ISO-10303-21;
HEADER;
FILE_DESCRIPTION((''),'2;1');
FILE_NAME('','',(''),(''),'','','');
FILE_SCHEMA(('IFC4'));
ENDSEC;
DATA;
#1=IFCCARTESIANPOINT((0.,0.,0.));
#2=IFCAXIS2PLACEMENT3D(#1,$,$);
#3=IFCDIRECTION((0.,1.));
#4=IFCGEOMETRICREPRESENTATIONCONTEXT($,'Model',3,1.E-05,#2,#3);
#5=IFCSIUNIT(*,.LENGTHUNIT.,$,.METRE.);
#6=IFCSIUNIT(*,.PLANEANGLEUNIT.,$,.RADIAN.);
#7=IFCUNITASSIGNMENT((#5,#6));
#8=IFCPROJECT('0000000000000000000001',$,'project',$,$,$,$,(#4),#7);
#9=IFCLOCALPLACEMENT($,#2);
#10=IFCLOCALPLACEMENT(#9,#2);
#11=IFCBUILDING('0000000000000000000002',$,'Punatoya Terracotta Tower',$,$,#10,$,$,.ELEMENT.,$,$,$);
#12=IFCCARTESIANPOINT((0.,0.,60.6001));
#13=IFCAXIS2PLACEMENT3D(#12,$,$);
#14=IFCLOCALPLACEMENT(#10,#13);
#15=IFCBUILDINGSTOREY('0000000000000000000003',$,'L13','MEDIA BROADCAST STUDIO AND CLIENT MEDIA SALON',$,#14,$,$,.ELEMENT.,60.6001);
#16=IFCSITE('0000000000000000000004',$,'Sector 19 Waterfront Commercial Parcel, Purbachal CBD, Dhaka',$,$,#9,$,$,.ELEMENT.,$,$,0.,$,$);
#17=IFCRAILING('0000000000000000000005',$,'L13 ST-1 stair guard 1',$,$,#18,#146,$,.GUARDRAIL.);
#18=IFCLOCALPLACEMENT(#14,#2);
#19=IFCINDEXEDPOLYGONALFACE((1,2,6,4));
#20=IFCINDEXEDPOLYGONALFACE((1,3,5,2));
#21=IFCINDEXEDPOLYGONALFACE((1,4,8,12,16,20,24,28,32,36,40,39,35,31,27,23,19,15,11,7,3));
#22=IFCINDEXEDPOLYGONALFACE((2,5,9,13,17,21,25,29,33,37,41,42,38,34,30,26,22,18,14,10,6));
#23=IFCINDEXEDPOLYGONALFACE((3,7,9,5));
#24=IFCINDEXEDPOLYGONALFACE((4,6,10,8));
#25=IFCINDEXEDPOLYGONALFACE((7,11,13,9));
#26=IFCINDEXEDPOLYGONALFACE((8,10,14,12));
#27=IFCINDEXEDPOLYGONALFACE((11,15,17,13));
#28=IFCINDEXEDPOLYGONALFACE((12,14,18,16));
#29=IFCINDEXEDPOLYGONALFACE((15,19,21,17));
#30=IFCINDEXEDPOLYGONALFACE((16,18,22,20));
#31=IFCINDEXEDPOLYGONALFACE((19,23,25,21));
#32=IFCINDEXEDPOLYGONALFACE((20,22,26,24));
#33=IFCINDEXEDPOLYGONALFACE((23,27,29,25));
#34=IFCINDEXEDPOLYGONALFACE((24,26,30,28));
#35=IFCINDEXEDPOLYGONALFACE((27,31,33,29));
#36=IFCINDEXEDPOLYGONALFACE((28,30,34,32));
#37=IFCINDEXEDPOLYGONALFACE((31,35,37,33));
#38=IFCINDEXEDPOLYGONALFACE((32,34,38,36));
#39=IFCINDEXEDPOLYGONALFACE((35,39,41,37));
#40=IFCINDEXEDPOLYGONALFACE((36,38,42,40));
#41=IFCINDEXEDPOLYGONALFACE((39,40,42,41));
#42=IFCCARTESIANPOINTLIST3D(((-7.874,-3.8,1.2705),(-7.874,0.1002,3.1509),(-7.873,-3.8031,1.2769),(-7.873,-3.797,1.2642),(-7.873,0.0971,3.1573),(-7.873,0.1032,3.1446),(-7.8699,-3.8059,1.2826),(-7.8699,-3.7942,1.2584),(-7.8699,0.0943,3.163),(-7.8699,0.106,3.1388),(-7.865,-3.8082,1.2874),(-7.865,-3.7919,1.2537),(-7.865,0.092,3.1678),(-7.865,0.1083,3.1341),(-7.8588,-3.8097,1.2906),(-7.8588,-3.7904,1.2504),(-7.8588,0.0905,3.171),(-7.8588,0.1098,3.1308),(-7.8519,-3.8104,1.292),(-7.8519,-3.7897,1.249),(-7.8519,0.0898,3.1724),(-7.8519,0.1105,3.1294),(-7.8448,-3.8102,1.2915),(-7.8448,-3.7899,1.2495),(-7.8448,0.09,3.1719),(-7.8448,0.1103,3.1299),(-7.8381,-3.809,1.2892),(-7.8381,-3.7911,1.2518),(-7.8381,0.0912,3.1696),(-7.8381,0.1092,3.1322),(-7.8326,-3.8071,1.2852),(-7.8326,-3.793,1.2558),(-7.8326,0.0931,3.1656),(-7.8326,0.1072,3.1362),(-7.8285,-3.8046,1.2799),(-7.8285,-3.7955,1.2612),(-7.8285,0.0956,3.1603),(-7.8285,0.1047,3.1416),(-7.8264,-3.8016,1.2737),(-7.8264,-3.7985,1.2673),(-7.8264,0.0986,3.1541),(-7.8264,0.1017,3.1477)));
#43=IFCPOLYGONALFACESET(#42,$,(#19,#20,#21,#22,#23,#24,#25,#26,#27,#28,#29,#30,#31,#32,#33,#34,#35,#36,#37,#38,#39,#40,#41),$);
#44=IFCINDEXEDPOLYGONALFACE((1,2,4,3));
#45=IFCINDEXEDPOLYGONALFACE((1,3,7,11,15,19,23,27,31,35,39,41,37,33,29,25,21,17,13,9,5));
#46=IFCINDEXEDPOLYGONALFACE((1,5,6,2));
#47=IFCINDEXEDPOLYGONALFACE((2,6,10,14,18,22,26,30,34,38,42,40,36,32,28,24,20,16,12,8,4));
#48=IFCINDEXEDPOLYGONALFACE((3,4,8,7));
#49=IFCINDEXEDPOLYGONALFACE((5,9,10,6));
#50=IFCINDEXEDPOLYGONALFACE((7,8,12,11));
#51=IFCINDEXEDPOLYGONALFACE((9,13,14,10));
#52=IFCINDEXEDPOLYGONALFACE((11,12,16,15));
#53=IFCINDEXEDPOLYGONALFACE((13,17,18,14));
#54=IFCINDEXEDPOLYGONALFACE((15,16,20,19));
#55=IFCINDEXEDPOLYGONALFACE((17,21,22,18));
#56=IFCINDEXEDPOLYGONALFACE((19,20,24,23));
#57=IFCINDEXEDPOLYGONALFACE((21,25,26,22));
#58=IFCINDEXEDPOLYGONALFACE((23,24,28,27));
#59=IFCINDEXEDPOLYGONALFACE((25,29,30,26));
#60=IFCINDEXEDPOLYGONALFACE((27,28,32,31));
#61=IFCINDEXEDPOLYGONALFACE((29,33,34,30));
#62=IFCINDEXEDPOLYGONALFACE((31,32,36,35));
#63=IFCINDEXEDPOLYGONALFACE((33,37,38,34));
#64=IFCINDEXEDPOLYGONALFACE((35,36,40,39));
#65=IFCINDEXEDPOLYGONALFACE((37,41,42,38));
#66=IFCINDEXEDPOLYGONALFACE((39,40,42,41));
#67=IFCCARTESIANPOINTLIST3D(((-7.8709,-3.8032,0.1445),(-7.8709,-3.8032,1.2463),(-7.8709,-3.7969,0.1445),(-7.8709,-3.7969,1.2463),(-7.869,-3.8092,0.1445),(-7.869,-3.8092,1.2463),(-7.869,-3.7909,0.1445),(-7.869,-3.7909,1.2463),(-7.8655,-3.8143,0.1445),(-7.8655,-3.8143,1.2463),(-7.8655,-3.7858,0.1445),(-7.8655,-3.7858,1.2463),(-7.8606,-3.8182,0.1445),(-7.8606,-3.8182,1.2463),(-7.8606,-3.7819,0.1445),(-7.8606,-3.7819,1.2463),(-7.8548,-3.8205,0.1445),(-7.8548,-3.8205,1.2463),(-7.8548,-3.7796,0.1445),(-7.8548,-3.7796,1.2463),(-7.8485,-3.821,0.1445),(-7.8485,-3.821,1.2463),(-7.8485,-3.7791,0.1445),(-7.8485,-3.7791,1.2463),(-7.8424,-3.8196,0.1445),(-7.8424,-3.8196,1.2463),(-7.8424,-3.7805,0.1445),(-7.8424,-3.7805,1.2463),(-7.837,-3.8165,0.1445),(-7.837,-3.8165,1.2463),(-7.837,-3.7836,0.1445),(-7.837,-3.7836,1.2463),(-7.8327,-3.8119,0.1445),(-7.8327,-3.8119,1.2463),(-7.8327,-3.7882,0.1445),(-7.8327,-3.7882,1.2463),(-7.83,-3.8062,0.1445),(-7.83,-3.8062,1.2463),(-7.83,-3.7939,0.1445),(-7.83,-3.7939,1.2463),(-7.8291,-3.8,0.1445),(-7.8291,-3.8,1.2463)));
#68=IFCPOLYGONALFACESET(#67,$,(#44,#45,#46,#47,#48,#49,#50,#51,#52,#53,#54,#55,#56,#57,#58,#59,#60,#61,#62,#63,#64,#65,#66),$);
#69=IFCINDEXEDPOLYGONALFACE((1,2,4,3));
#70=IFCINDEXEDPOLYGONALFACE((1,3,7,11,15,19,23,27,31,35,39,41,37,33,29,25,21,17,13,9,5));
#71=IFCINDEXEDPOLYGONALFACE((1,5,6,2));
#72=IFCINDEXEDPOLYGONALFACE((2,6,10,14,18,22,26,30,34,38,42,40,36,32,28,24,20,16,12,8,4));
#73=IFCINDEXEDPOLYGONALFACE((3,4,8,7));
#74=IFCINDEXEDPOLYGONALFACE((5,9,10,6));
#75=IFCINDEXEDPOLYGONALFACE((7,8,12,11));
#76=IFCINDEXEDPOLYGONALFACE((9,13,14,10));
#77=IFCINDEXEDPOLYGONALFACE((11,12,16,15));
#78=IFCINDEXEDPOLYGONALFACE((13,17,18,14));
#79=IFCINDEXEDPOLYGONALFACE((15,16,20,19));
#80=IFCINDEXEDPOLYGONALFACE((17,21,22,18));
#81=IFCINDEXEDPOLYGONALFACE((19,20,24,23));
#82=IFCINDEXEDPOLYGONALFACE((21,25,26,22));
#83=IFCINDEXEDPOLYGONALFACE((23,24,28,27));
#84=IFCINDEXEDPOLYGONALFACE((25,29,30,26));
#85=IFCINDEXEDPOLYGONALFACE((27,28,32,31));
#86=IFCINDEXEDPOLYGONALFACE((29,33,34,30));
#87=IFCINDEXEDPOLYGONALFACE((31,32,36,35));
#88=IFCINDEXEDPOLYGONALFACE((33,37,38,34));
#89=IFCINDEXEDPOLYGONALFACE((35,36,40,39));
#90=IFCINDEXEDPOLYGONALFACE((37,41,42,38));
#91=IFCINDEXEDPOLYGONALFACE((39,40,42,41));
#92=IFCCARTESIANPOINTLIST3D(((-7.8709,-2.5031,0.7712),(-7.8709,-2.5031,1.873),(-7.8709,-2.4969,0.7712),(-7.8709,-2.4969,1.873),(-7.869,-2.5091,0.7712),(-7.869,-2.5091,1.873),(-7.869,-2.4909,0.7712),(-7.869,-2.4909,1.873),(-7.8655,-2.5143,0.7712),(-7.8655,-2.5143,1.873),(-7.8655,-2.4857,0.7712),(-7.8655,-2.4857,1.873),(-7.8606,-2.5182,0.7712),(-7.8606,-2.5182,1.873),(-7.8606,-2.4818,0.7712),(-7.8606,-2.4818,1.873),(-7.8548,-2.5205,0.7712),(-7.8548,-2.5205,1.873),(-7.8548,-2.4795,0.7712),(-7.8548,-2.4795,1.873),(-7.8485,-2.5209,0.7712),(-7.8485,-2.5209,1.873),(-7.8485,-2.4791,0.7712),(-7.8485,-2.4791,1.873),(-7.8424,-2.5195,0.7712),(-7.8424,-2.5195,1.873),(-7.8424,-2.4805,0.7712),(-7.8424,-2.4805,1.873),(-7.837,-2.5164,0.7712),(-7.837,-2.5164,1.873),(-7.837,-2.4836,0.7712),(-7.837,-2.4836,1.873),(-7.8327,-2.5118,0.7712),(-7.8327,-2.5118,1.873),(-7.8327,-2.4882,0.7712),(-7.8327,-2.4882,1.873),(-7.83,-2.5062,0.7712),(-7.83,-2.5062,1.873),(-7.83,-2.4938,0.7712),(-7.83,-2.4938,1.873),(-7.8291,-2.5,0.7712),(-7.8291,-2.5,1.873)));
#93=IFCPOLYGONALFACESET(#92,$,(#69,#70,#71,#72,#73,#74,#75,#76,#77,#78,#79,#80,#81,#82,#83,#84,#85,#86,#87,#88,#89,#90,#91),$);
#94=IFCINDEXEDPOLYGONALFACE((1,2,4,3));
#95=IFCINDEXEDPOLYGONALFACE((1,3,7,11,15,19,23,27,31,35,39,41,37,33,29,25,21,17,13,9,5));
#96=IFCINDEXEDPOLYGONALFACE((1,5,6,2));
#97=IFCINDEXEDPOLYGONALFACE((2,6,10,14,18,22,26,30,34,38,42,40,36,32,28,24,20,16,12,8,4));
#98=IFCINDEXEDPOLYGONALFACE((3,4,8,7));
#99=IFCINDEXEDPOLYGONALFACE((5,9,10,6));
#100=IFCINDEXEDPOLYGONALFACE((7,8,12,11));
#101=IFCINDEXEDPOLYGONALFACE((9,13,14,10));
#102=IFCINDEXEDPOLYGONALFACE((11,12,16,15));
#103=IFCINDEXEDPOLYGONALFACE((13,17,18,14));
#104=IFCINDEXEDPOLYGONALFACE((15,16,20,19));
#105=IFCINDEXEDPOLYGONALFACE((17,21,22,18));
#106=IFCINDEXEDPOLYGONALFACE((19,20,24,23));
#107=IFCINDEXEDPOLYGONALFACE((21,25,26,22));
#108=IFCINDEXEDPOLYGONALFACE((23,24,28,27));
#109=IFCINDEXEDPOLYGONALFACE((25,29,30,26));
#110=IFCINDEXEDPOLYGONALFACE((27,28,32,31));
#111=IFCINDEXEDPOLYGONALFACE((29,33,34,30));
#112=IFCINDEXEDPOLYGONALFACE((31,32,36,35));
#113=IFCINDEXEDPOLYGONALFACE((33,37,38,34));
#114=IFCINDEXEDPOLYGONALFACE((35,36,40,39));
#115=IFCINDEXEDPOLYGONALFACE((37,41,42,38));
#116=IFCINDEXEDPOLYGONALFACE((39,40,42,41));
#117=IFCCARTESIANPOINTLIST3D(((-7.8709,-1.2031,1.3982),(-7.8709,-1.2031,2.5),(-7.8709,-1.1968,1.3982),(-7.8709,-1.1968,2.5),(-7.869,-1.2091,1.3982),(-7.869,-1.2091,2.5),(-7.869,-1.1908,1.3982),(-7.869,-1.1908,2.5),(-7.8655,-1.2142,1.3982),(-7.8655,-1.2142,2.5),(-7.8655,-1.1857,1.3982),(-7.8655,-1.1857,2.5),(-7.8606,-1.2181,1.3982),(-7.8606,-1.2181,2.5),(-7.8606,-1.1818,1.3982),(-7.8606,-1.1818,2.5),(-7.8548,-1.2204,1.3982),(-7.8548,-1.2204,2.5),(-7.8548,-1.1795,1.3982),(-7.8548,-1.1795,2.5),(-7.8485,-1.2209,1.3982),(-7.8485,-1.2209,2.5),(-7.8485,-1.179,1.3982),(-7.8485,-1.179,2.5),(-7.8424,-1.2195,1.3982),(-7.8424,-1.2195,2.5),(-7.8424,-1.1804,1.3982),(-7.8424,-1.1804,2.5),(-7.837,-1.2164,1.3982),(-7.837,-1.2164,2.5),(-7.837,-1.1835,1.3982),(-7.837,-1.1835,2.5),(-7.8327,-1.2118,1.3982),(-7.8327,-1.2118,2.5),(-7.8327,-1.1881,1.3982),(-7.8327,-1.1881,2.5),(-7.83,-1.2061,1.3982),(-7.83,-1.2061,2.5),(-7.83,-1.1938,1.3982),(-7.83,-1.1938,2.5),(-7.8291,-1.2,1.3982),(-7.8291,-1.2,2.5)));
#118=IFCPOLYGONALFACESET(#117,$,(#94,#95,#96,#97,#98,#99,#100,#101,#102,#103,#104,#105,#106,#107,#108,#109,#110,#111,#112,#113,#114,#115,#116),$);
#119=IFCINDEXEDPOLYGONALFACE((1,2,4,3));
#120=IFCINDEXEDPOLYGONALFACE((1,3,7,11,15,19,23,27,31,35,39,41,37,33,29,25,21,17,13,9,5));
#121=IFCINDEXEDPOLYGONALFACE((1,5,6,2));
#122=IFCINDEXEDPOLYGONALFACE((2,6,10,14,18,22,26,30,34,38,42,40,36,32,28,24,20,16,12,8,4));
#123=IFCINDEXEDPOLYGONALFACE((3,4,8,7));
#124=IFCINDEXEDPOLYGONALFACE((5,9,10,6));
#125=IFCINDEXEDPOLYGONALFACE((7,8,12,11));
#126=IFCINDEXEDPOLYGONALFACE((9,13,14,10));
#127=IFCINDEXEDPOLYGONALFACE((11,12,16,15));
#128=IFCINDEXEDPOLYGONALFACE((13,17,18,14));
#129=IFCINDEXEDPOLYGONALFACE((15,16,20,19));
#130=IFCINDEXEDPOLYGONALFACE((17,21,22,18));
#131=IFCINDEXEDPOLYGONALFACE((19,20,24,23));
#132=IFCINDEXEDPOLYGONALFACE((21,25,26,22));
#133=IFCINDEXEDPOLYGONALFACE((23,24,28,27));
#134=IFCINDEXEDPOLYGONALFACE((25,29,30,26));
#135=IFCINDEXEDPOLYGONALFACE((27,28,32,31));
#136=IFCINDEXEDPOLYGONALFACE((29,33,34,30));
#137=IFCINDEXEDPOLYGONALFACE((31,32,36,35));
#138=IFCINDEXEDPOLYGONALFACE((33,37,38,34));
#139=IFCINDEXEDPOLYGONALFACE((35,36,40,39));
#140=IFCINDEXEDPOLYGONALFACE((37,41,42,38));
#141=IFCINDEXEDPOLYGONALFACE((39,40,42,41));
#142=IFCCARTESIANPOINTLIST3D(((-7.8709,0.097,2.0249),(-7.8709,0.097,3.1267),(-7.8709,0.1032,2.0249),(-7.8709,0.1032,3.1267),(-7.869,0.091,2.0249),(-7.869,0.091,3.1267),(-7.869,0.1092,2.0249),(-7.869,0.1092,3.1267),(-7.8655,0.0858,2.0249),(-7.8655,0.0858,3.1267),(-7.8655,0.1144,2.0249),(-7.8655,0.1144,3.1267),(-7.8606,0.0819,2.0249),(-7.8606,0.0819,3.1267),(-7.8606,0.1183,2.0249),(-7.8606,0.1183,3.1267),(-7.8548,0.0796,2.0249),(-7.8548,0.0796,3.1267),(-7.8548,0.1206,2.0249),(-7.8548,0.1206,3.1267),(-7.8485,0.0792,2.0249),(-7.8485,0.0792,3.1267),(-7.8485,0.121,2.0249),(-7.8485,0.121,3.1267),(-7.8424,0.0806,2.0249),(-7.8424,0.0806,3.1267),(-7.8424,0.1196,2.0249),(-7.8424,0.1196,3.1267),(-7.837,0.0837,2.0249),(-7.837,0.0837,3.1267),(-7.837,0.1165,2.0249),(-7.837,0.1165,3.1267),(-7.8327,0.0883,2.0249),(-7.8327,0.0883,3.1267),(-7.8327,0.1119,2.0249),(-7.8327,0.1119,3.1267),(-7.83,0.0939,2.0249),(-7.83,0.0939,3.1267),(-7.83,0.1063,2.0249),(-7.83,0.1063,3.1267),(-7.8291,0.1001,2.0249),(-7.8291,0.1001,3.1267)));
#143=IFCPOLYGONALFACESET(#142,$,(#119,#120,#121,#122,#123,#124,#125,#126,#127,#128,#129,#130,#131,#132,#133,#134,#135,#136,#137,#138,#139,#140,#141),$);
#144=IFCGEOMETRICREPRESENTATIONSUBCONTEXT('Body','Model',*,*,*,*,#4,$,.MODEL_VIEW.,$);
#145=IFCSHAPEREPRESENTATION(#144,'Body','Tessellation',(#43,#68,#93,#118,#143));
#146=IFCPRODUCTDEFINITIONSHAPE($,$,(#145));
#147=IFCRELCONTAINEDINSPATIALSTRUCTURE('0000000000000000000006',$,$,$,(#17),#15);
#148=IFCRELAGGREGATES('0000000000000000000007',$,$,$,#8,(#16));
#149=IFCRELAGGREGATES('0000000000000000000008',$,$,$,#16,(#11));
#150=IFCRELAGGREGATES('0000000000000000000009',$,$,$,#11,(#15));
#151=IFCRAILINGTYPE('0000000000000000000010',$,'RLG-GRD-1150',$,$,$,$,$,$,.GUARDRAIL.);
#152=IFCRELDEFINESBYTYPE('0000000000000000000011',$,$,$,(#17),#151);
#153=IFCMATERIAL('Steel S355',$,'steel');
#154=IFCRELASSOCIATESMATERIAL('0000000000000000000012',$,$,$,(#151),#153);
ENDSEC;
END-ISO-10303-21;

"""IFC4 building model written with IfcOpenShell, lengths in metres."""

from ifc_helpers import new_model, si_unit, direction, frame, origin, origin_2d, place, context, subcontext, project, spatial, circle, extrude, material, type_object, element, save


model = new_model("IFC4")

# Units and contexts
model_context = context("Model", 3, precision=1e-05, world=origin(), true_north=direction((0.0, 1.0)))
body_context = subcontext(model_context, "Body", "Model", "MODEL_VIEW")
ifc_project = project(units=[si_unit("LENGTHUNIT", "METRE"), si_unit("PLANEANGLEUNIT", "RADIAN")], contexts=[model_context])

# Site, building, storey
site_placement = place(None, origin())
site = spatial("IfcSite", under=ifc_project, at=site_placement, Name="Sector 19 Waterfront Commercial Parcel, Purbachal CBD, Dhaka", CompositionType="ELEMENT", RefElevation=0.0)
building_placement = place(site_placement, origin())
building = spatial("IfcBuilding", under=site, at=building_placement, Name="Punatoya Terracotta Tower", CompositionType="ELEMENT")
storey_placement = place(building_placement, frame((0.0, 0.0, 60.6001)))
storey = spatial("IfcBuildingStorey", under=building, at=storey_placement, Name="L13", Description="MEDIA BROADCAST STUDIO AND CLIENT MEDIA SALON", CompositionType="ELEMENT", Elevation=60.6001)

# Railing
ifc_material_1 = material(Name="Steel S355", Category="steel")
railing_type_1 = type_object("IfcRailingType", Name="RLG-GRD-1150", PredefinedType="GUARDRAIL", material=ifc_material_1)
railing_1_placement = place(storey_placement, frame((-7.8501, -3.8, 0.1445)))
element("IfcRailing", 1, at=railing_1_placement, inside=storey, type_object=railing_type_1, Name="L13 ST-1 stair guard 1", PredefinedType="GUARDRAIL", context=body_context, shape_type="SweptSolid", body=[
    extrude(circle(Radius=0.0239, at=origin_2d()), frame((0.0, 0.0, 1.126), z_axis=(0.0, 0.900774, 0.434289), x_axis=(-1.0, 0.0, 0.0)), (0.0, 0.0, 1.0), 4.3298),
    extrude(circle(Radius=0.021, at=origin_2d()), origin(), (0.0, 0.0, 1.0), 1.1018),
    extrude(circle(Radius=0.021, at=origin_2d()), frame((0.0, 1.3, 0.6267)), (0.0, 0.0, 1.0), 1.1018),
    extrude(circle(Radius=0.021, at=origin_2d()), frame((0.0, 2.6001, 1.2537)), (0.0, 0.0, 1.0), 1.1018),
    extrude(circle(Radius=0.021, at=origin_2d()), frame((0.0, 3.9001, 1.8804)), (0.0, 0.0, 1.0), 1.1018),
])

save(model, "model.ifc")
